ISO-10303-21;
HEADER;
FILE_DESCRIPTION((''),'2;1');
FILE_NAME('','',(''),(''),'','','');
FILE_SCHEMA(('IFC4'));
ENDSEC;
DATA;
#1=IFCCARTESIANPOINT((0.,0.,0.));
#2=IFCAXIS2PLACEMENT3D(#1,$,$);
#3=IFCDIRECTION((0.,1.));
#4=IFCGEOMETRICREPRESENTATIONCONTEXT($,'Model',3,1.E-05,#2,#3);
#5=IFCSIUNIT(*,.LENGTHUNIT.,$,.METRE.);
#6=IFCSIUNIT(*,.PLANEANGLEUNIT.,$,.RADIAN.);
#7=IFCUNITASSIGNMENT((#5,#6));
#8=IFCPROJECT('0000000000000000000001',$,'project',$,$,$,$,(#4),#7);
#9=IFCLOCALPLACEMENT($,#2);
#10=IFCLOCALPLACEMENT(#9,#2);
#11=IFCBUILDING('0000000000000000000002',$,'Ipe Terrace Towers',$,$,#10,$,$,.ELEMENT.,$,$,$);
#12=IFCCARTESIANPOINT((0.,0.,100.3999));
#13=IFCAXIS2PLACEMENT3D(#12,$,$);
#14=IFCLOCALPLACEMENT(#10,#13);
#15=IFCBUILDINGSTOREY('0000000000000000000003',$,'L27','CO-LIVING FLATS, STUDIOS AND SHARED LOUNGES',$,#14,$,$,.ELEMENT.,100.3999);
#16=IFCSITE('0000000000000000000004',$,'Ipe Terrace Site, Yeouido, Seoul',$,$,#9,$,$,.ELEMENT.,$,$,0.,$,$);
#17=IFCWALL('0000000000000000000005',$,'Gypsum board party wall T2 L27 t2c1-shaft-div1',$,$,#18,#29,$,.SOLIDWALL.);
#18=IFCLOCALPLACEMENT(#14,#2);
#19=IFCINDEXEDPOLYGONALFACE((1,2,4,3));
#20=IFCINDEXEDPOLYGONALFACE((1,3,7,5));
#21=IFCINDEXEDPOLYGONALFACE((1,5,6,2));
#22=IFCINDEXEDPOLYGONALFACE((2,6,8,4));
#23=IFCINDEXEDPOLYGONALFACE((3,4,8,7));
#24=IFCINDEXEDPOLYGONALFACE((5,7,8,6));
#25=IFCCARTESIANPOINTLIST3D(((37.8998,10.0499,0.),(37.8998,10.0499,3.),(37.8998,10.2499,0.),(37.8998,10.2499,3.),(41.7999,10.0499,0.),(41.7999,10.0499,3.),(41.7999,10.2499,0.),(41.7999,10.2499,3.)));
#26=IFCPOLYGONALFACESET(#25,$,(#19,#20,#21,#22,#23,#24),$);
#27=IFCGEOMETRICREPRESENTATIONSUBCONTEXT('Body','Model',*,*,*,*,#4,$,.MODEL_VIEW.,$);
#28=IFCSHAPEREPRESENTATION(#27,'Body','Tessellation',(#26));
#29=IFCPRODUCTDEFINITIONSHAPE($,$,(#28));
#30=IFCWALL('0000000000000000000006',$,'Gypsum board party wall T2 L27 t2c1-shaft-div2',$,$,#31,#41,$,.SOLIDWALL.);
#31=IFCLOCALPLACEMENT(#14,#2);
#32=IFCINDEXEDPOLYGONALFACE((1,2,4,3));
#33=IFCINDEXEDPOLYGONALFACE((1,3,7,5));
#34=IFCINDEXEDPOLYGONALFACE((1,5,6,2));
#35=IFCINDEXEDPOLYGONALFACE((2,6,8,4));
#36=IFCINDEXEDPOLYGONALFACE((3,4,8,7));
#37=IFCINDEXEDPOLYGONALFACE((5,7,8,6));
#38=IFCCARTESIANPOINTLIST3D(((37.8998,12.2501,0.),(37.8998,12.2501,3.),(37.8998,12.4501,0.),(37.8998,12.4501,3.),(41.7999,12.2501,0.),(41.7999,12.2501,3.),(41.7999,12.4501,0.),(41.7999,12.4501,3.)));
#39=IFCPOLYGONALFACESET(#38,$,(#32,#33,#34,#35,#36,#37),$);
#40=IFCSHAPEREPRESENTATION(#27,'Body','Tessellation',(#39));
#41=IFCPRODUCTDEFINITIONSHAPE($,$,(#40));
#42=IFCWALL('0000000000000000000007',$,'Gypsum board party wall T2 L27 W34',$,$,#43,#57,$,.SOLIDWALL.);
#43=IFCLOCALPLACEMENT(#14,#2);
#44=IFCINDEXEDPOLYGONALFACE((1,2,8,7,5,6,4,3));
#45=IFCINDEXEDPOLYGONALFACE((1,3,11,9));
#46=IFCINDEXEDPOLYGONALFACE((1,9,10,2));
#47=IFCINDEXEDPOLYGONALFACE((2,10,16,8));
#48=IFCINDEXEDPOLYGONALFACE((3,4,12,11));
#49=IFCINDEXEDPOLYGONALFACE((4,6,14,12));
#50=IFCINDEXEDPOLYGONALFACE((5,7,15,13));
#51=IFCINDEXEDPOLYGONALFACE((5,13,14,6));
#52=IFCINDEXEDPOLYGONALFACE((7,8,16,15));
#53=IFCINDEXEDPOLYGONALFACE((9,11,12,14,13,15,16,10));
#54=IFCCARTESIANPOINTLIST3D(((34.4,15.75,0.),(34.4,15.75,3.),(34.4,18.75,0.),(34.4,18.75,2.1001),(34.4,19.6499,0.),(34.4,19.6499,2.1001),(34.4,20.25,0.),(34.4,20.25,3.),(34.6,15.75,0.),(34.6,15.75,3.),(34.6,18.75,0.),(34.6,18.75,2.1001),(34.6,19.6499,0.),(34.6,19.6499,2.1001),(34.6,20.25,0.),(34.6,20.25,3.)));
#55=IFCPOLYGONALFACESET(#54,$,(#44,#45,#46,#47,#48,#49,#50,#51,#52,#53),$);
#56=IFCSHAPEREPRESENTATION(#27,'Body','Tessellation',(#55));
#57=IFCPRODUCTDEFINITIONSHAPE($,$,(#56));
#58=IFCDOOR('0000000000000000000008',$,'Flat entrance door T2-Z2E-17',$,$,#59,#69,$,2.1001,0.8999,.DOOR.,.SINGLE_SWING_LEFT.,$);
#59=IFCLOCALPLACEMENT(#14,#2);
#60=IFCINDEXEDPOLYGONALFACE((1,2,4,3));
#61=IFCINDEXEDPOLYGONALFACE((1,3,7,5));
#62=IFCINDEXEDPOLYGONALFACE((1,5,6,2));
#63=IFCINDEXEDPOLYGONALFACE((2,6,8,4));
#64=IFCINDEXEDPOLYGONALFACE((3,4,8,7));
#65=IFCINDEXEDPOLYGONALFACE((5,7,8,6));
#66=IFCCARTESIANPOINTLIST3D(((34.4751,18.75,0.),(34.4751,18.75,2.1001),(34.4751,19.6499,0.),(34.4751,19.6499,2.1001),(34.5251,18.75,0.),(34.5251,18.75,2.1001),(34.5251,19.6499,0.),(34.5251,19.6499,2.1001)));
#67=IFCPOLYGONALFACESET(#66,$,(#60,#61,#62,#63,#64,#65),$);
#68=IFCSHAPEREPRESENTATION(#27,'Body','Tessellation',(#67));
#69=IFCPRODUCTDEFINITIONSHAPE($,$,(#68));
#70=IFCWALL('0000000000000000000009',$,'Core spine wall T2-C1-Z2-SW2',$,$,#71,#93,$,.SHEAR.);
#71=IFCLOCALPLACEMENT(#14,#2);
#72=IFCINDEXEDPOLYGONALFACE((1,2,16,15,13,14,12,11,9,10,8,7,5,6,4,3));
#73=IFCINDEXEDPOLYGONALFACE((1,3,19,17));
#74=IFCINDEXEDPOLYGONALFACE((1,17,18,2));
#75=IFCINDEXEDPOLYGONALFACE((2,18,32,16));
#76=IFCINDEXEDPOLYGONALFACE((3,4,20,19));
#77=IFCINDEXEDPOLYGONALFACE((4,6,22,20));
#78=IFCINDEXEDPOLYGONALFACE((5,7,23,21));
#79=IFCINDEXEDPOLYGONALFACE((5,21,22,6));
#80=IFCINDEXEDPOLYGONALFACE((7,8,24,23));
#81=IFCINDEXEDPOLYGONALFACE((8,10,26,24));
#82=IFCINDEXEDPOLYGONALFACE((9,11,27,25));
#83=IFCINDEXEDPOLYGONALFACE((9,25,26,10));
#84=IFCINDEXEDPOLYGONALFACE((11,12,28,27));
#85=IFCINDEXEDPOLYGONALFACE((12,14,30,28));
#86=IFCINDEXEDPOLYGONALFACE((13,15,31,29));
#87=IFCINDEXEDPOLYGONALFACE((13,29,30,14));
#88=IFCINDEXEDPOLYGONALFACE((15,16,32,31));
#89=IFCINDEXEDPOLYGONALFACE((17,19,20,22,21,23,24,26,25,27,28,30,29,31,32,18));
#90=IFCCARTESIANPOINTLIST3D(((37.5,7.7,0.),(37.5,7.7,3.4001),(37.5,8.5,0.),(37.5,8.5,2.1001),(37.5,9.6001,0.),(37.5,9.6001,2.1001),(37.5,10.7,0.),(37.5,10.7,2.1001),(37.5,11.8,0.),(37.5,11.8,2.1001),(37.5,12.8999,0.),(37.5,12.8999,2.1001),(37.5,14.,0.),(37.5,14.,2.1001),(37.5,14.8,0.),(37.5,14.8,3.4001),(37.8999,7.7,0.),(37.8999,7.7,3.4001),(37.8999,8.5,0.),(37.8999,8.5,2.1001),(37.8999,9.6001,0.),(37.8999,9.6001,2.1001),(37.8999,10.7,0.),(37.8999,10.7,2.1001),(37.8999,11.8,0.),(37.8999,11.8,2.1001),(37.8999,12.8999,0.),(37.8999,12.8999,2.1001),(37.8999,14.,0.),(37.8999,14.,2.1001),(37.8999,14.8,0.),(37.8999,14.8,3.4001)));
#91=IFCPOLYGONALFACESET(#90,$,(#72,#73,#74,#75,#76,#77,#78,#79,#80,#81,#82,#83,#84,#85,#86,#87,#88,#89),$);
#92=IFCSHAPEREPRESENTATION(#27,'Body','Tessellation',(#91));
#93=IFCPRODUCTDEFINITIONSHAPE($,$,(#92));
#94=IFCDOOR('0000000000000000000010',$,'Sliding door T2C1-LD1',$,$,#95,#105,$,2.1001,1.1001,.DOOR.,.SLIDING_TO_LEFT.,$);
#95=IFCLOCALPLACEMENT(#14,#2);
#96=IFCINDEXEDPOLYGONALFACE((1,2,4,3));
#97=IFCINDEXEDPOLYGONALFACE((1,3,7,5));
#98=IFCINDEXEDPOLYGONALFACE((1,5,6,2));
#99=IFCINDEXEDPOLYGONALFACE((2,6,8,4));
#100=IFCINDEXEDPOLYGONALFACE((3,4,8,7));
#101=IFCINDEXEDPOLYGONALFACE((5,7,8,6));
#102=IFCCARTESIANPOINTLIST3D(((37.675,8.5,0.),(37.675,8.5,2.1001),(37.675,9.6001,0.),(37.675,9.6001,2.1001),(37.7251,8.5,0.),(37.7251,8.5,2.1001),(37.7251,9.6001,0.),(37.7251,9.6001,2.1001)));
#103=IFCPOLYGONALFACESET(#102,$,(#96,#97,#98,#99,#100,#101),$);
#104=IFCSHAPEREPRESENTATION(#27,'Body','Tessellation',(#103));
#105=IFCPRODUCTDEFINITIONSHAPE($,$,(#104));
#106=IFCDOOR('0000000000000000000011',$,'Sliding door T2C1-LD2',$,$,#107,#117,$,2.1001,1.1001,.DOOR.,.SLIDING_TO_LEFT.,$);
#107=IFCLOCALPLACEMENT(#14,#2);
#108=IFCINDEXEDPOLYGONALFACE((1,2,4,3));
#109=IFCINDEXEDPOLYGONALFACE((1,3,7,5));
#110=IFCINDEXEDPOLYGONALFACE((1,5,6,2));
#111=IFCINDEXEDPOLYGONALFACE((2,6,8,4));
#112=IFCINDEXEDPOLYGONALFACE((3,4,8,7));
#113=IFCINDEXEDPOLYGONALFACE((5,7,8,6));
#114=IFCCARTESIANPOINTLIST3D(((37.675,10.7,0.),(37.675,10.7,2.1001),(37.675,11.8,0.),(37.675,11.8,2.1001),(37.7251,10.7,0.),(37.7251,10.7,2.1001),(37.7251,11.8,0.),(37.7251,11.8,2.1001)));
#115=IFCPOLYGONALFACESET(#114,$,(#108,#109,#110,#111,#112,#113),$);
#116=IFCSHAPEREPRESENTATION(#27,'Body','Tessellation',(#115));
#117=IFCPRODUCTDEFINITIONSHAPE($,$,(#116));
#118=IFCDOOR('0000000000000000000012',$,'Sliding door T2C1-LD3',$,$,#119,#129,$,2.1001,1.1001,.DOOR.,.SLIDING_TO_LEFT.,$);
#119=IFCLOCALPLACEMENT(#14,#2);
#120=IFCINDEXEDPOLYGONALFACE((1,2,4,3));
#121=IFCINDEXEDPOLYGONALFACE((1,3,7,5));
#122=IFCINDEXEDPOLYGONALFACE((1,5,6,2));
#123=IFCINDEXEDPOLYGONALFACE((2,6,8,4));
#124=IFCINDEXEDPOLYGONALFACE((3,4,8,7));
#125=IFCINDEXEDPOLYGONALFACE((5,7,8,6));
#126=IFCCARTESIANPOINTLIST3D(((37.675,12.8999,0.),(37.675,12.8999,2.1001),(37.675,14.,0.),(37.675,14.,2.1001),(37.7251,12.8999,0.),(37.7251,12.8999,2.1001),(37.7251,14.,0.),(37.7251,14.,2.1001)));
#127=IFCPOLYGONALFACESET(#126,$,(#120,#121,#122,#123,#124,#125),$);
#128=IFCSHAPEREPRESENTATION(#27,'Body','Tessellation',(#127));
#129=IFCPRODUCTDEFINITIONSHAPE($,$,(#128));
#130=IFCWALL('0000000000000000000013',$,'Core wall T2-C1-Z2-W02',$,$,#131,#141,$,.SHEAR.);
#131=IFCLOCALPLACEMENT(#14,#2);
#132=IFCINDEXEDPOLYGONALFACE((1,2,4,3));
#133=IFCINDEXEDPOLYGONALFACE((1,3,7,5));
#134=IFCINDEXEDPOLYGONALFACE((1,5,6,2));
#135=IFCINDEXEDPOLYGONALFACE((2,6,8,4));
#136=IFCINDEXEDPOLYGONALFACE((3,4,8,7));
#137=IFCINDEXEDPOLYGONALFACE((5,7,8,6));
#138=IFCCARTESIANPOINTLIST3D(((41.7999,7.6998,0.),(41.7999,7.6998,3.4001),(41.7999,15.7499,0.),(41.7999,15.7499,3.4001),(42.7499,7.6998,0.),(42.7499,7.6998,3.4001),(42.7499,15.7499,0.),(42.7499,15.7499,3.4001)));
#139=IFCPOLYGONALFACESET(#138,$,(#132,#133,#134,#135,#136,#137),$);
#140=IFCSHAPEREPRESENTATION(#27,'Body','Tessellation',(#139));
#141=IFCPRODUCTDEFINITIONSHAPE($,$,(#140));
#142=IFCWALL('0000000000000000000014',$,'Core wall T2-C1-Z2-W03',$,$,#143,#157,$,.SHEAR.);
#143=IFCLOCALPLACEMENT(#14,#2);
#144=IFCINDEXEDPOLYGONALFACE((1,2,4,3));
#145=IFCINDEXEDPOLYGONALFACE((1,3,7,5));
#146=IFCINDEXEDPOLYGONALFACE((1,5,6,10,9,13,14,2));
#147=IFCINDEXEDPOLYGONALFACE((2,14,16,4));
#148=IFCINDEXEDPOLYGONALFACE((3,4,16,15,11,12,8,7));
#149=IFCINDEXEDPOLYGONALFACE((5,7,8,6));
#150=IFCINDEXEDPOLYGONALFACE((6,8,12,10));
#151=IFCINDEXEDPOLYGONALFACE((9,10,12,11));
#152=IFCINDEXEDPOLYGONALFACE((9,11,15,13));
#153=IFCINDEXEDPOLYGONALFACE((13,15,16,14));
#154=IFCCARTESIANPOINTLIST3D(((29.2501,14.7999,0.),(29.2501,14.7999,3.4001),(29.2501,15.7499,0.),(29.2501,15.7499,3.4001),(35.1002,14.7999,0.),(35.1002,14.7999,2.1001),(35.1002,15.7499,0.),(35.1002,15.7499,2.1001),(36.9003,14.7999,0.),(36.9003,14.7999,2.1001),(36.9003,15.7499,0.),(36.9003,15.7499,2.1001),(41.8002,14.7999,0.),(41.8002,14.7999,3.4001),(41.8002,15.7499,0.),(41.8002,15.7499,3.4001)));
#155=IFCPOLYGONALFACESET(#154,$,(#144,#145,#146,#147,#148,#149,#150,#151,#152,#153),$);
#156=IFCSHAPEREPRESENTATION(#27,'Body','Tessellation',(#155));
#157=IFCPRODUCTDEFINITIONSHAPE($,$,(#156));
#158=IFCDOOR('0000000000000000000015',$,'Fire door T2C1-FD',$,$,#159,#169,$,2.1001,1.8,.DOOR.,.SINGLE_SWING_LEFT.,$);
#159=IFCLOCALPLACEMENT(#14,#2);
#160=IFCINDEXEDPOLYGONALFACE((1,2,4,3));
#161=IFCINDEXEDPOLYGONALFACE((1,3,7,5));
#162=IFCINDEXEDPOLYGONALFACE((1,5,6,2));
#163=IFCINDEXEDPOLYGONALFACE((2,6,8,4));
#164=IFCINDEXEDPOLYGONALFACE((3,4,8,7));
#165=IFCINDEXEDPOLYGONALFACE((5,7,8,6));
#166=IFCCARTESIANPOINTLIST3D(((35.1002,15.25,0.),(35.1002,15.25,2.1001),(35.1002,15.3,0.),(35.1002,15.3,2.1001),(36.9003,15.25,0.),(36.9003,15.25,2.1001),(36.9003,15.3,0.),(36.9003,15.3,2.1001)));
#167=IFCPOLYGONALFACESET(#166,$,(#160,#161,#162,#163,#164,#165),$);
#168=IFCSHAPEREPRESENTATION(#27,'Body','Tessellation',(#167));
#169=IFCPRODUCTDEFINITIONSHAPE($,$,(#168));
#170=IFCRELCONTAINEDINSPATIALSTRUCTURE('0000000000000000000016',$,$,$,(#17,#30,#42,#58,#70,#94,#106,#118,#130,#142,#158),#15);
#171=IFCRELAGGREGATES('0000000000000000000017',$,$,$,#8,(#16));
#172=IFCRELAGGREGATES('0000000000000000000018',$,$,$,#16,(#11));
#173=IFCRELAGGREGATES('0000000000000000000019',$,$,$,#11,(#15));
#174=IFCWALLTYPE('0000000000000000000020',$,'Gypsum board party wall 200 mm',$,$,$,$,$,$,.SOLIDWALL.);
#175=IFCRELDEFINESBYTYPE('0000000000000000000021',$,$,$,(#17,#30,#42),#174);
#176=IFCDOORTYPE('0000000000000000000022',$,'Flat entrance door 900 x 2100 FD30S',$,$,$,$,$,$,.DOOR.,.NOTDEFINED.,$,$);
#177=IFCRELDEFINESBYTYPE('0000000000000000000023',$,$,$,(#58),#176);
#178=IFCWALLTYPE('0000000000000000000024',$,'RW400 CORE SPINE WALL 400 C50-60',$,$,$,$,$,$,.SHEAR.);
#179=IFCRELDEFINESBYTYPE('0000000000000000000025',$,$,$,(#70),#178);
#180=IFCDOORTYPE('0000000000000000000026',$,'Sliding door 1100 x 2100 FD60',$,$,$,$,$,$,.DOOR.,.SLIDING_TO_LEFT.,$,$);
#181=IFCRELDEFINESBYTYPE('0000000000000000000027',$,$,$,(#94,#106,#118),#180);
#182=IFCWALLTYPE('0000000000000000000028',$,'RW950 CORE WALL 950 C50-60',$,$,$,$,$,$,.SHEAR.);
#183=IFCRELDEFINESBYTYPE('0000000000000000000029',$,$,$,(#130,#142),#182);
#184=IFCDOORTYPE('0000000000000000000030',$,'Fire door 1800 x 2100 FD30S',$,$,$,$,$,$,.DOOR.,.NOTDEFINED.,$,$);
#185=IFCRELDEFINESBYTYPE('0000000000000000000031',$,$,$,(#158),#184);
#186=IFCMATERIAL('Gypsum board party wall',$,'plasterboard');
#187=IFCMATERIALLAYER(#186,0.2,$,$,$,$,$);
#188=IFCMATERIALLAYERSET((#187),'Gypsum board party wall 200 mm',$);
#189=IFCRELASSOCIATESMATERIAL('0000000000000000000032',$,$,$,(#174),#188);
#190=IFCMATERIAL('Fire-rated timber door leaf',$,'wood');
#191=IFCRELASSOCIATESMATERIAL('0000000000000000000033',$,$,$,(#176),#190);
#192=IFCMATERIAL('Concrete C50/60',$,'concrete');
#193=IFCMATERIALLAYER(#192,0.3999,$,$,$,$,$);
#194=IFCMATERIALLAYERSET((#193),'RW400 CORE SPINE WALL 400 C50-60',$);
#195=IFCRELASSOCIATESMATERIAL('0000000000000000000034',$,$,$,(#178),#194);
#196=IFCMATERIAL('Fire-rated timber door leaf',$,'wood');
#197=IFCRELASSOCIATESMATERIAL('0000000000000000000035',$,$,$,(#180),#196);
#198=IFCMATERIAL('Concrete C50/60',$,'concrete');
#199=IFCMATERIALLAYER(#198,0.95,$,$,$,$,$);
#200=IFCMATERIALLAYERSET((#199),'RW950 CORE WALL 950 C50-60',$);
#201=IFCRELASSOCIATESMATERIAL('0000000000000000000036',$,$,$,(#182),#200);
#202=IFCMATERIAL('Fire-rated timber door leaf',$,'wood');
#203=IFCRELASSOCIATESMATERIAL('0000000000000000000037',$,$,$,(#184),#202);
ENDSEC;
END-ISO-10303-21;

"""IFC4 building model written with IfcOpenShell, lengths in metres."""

from ifc_helpers import new_model, si_unit, direction, frame, frame_2d, origin, place, context, subcontext, project, spatial, rectangle, extrude, material, layer, layer_set, type_object, element, fill, save


model = new_model("IFC4")

# Units and contexts
model_context = context("Model", 3, precision=1e-05, world=origin(), true_north=direction((0.0, 1.0)))
body_context = subcontext(model_context, "Body", "Model", "MODEL_VIEW")
ifc_project = project(units=[si_unit("LENGTHUNIT", "METRE"), si_unit("PLANEANGLEUNIT", "RADIAN")], contexts=[model_context])

# Site, building, storey
site_placement = place(None, origin())
site = spatial("IfcSite", under=ifc_project, at=site_placement, Name="Ipe Terrace Site, Yeouido, Seoul", CompositionType="ELEMENT", RefElevation=0.0)
building_placement = place(site_placement, origin())
building = spatial("IfcBuilding", under=site, at=building_placement, Name="Ipe Terrace Towers", CompositionType="ELEMENT")
storey_placement = place(building_placement, frame((0.0, 0.0, 100.3999)))
storey = spatial("IfcBuildingStorey", under=building, at=storey_placement, Name="L27", Description="CO-LIVING FLATS, STUDIOS AND SHARED LOUNGES", CompositionType="ELEMENT", Elevation=100.3999)

# Walls
ifc_material_1 = material(Name="Gypsum board party wall", Category="plasterboard")
ifc_layer_1 = layer(ifc_material_1, 0.2)
ifc_layer_set_1 = layer_set([ifc_layer_1], Name="Gypsum board party wall 200 mm")
wall_type_1 = type_object("IfcWallType", Name="Gypsum board party wall 200 mm", PredefinedType="SOLIDWALL", material=ifc_layer_set_1)
for number, where, z_axis, x_axis, name in (
    (1, (41.8, 10.1499, 0.0), (0.0, 0.0, 1.0), (-1.0, 0.0, 0.0), "Gypsum board party wall T2 L27 t2c1-shaft-div1"),
    (2, (41.8, 12.3501, 0.0), (0.0, 0.0, 1.0), (-1.0, 0.0, 0.0), "Gypsum board party wall T2 L27 t2c1-shaft-div2"),
):
    element("IfcWall", number, at=place(storey_placement, frame(where, z_axis=z_axis, x_axis=x_axis)), inside=storey, type_object=wall_type_1, Name=name, PredefinedType="SOLIDWALL", context=body_context, shape_type="SweptSolid", body=[
        extrude(rectangle(XDim=3.9001, YDim=0.2, at=frame_2d((1.9502, 0.0))), origin(), (0.0, 0.0, 1.0), 3.0),
    ])

# Wall, opening, door
wall_1_placement = place(storey_placement, frame((34.5, 15.75, 0.0), z_axis=(0.0, 0.0, 1.0), x_axis=(0.0, 1.0, 0.0)))
wall_1 = element("IfcWall", 3, at=wall_1_placement, inside=storey, type_object=wall_type_1, Name="Gypsum board party wall T2 L27 W34", PredefinedType="SOLIDWALL", context=body_context, shape_type="SweptSolid", body=[
    extrude(rectangle(XDim=4.5, YDim=0.2, at=frame_2d((2.25, 0.0))), origin(), (0.0, 0.0, 1.0), 3.0),
])
opening_1_placement = place(wall_1_placement, frame((3.0, 0.0, 0.0)))
opening_1 = element("IfcOpeningElement", 4, at=opening_1_placement, cuts=wall_1, PredefinedType="OPENING", context=body_context, shape_type="SweptSolid", body=[
    extrude(rectangle(XDim=0.8999, YDim=2.1001, at=frame_2d((0.45, 1.05))), frame((0.0, 0.1099, 0.0), z_axis=(0.0, -1.0, 0.0), x_axis=(1.0, 0.0, 0.0)), (0.0, 0.0, 1.0), 0.22),
])
ifc_material_2 = material(Name="Fire-rated timber door leaf", Category="wood")
door_type_1 = type_object("IfcDoorType", Name="Flat entrance door 900 x 2100 FD30S", OperationType="NOTDEFINED", PredefinedType="DOOR", material=ifc_material_2)
door_1_placement = place(opening_1_placement, origin())
door_1 = element("IfcDoor", 5, at=door_1_placement, inside=storey, type_object=door_type_1, Name="Flat entrance door T2-Z2E-17", OperationType="SINGLE_SWING_LEFT", OverallHeight=2.1001, OverallWidth=0.8999, PredefinedType="DOOR", context=body_context, shape_type="SweptSolid", body=[
    extrude(rectangle(XDim=0.8999, YDim=2.1001, at=frame_2d((0.45, 1.05))), frame((0.0, 0.0249, 0.0), z_axis=(0.0, -1.0, 0.0), x_axis=(1.0, 0.0, 0.0)), (0.0, 0.0, 1.0), 0.05),
])
fill(opening_1, door_1)

# Wall, openings, doors
ifc_material_3 = material(Name="Concrete C50/60", Category="concrete")
ifc_layer_2 = layer(ifc_material_3, 0.3999)
ifc_layer_set_2 = layer_set([ifc_layer_2], Name="RW400 CORE SPINE WALL 400 C50-60")
wall_type_2 = type_object("IfcWallType", Name="RW400 CORE SPINE WALL 400 C50-60", PredefinedType="SHEAR", material=ifc_layer_set_2)
wall_2_placement = place(storey_placement, frame((37.7, 7.7, 0.0), z_axis=(0.0, 0.0, 1.0), x_axis=(0.0, 1.0, 0.0)))
wall_2 = element("IfcWall", 6, at=wall_2_placement, inside=storey, type_object=wall_type_2, Name="Core spine wall T2-C1-Z2-SW2", PredefinedType="SHEAR", context=body_context, shape_type="SweptSolid", body=[
    extrude(rectangle(XDim=7.1001, YDim=0.3999, at=frame_2d((3.55, 0.0))), origin(), (0.0, 0.0, 1.0), 3.4001),
])
opening_2_placement = place(wall_2_placement, frame((0.8, 0.0, 0.0)))
opening_2 = element("IfcOpeningElement", 7, at=opening_2_placement, cuts=wall_2, PredefinedType="OPENING", context=body_context, shape_type="SweptSolid", body=[
    extrude(rectangle(XDim=1.1001, YDim=2.1001, at=frame_2d((0.55, 1.05))), frame((0.0, 0.21, 0.0), z_axis=(0.0, -1.0, 0.0), x_axis=(1.0, 0.0, 0.0)), (0.0, 0.0, 1.0), 0.4199),
])
opening_3_placement = place(wall_2_placement, frame((3.0, 0.0, 0.0)))
opening_3 = element("IfcOpeningElement", 8, at=opening_3_placement, cuts=wall_2, PredefinedType="OPENING", context=body_context, shape_type="SweptSolid", body=[
    extrude(rectangle(XDim=1.1001, YDim=2.1001, at=frame_2d((0.55, 1.05))), frame((0.0, 0.21, 0.0), z_axis=(0.0, -1.0, 0.0), x_axis=(1.0, 0.0, 0.0)), (0.0, 0.0, 1.0), 0.4199),
])
opening_4_placement = place(wall_2_placement, frame((5.2, 0.0, 0.0)))
opening_4 = element("IfcOpeningElement", 9, at=opening_4_placement, cuts=wall_2, PredefinedType="OPENING", context=body_context, shape_type="SweptSolid", body=[
    extrude(rectangle(XDim=1.1001, YDim=2.1001, at=frame_2d((0.55, 1.05))), frame((0.0, 0.21, 0.0), z_axis=(0.0, -1.0, 0.0), x_axis=(1.0, 0.0, 0.0)), (0.0, 0.0, 1.0), 0.4199),
])
ifc_material_4 = material(Name="Fire-rated timber door leaf", Category="wood")
door_type_2 = type_object("IfcDoorType", Name="Sliding door 1100 x 2100 FD60", OperationType="SLIDING_TO_LEFT", PredefinedType="DOOR", material=ifc_material_4)
door_2_placement = place(opening_2_placement, origin())
door_2 = element("IfcDoor", 10, at=door_2_placement, inside=storey, type_object=door_type_2, Name="Sliding door T2C1-LD1", OperationType="SLIDING_TO_LEFT", OverallHeight=2.1001, OverallWidth=1.1001, PredefinedType="DOOR", context=body_context, shape_type="SweptSolid", body=[
    extrude(rectangle(XDim=1.1001, YDim=2.1001, at=frame_2d((0.55, 1.05))), frame((0.0, 0.0249, 0.0), z_axis=(0.0, -1.0, 0.0), x_axis=(1.0, 0.0, 0.0)), (0.0, 0.0, 1.0), 0.05),
])
fill(opening_2, door_2)
door_3_placement = place(opening_3_placement, origin())
door_3 = element("IfcDoor", 11, at=door_3_placement, inside=storey, type_object=door_type_2, Name="Sliding door T2C1-LD2", OperationType="SLIDING_TO_LEFT", OverallHeight=2.1001, OverallWidth=1.1001, PredefinedType="DOOR", context=body_context, shape_type="SweptSolid", body=[
    extrude(rectangle(XDim=1.1001, YDim=2.1001, at=frame_2d((0.55, 1.05))), frame((0.0, 0.0249, 0.0), z_axis=(0.0, -1.0, 0.0), x_axis=(1.0, 0.0, 0.0)), (0.0, 0.0, 1.0), 0.05),
])
fill(opening_3, door_3)
door_4_placement = place(opening_4_placement, origin())
door_4 = element("IfcDoor", 12, at=door_4_placement, inside=storey, type_object=door_type_2, Name="Sliding door T2C1-LD3", OperationType="SLIDING_TO_LEFT", OverallHeight=2.1001, OverallWidth=1.1001, PredefinedType="DOOR", context=body_context, shape_type="SweptSolid", body=[
    extrude(rectangle(XDim=1.1001, YDim=2.1001, at=frame_2d((0.55, 1.05))), frame((0.0, 0.0249, 0.0), z_axis=(0.0, -1.0, 0.0), x_axis=(1.0, 0.0, 0.0)), (0.0, 0.0, 1.0), 0.05),
])
fill(opening_4, door_4)

# Wall
ifc_material_5 = material(Name="Concrete C50/60", Category="concrete")
ifc_layer_3 = layer(ifc_material_5, 0.95)
ifc_layer_set_3 = layer_set([ifc_layer_3], Name="RW950 CORE WALL 950 C50-60")
wall_type_3 = type_object("IfcWallType", Name="RW950 CORE WALL 950 C50-60", PredefinedType="SHEAR", material=ifc_layer_set_3)
wall_3_placement = place(storey_placement, frame((42.2749, 7.7, 0.0), z_axis=(0.0, 0.0, 1.0), x_axis=(0.0, 1.0, 0.0)))
element("IfcWall", 13, at=wall_3_placement, inside=storey, type_object=wall_type_3, Name="Core wall T2-C1-Z2-W02", PredefinedType="SHEAR", context=body_context, shape_type="SweptSolid", body=[
    extrude(rectangle(XDim=8.05, YDim=0.95, at=frame_2d((4.0249, 0.0))), origin(), (0.0, 0.0, 1.0), 3.4001),
])

# Wall, opening, door
wall_4_placement = place(storey_placement, frame((41.8, 15.2749, 0.0), z_axis=(0.0, 0.0, 1.0), x_axis=(-1.0, 0.0, 0.0)))
wall_4 = element("IfcWall", 14, at=wall_4_placement, inside=storey, type_object=wall_type_3, Name="Core wall T2-C1-Z2-W03", PredefinedType="SHEAR", context=body_context, shape_type="SweptSolid", body=[
    extrude(rectangle(XDim=12.55, YDim=0.95, at=frame_2d((6.2749, 0.0))), origin(), (0.0, 0.0, 1.0), 3.4001),
])
opening_5_placement = place(wall_4_placement, frame((4.8999, 0.0, 0.0)))
opening_5 = element("IfcOpeningElement", 15, at=opening_5_placement, cuts=wall_4, PredefinedType="OPENING", context=body_context, shape_type="SweptSolid", body=[
    extrude(rectangle(XDim=1.8, YDim=2.1001, at=frame_2d((0.8999, 1.05))), frame((0.0, 0.4849, 0.0), z_axis=(0.0, -1.0, 0.0), x_axis=(1.0, 0.0, 0.0)), (0.0, 0.0, 1.0), 0.97),
])
ifc_material_6 = material(Name="Fire-rated timber door leaf", Category="wood")
door_type_3 = type_object("IfcDoorType", Name="Fire door 1800 x 2100 FD30S", OperationType="NOTDEFINED", PredefinedType="DOOR", material=ifc_material_6)
door_5_placement = place(opening_5_placement, origin())
door_5 = element("IfcDoor", 16, at=door_5_placement, inside=storey, type_object=door_type_3, Name="Fire door T2C1-FD", OperationType="SINGLE_SWING_LEFT", OverallHeight=2.1001, OverallWidth=1.8, PredefinedType="DOOR", context=body_context, shape_type="SweptSolid", body=[
    extrude(rectangle(XDim=1.8, YDim=2.1001, at=frame_2d((0.8999, 1.05))), frame((0.0, 0.0249, 0.0), z_axis=(0.0, -1.0, 0.0), x_axis=(1.0, 0.0, 0.0)), (0.0, 0.0, 1.0), 0.05),
])
fill(opening_5, door_5)

save(model, "model.ifc")
